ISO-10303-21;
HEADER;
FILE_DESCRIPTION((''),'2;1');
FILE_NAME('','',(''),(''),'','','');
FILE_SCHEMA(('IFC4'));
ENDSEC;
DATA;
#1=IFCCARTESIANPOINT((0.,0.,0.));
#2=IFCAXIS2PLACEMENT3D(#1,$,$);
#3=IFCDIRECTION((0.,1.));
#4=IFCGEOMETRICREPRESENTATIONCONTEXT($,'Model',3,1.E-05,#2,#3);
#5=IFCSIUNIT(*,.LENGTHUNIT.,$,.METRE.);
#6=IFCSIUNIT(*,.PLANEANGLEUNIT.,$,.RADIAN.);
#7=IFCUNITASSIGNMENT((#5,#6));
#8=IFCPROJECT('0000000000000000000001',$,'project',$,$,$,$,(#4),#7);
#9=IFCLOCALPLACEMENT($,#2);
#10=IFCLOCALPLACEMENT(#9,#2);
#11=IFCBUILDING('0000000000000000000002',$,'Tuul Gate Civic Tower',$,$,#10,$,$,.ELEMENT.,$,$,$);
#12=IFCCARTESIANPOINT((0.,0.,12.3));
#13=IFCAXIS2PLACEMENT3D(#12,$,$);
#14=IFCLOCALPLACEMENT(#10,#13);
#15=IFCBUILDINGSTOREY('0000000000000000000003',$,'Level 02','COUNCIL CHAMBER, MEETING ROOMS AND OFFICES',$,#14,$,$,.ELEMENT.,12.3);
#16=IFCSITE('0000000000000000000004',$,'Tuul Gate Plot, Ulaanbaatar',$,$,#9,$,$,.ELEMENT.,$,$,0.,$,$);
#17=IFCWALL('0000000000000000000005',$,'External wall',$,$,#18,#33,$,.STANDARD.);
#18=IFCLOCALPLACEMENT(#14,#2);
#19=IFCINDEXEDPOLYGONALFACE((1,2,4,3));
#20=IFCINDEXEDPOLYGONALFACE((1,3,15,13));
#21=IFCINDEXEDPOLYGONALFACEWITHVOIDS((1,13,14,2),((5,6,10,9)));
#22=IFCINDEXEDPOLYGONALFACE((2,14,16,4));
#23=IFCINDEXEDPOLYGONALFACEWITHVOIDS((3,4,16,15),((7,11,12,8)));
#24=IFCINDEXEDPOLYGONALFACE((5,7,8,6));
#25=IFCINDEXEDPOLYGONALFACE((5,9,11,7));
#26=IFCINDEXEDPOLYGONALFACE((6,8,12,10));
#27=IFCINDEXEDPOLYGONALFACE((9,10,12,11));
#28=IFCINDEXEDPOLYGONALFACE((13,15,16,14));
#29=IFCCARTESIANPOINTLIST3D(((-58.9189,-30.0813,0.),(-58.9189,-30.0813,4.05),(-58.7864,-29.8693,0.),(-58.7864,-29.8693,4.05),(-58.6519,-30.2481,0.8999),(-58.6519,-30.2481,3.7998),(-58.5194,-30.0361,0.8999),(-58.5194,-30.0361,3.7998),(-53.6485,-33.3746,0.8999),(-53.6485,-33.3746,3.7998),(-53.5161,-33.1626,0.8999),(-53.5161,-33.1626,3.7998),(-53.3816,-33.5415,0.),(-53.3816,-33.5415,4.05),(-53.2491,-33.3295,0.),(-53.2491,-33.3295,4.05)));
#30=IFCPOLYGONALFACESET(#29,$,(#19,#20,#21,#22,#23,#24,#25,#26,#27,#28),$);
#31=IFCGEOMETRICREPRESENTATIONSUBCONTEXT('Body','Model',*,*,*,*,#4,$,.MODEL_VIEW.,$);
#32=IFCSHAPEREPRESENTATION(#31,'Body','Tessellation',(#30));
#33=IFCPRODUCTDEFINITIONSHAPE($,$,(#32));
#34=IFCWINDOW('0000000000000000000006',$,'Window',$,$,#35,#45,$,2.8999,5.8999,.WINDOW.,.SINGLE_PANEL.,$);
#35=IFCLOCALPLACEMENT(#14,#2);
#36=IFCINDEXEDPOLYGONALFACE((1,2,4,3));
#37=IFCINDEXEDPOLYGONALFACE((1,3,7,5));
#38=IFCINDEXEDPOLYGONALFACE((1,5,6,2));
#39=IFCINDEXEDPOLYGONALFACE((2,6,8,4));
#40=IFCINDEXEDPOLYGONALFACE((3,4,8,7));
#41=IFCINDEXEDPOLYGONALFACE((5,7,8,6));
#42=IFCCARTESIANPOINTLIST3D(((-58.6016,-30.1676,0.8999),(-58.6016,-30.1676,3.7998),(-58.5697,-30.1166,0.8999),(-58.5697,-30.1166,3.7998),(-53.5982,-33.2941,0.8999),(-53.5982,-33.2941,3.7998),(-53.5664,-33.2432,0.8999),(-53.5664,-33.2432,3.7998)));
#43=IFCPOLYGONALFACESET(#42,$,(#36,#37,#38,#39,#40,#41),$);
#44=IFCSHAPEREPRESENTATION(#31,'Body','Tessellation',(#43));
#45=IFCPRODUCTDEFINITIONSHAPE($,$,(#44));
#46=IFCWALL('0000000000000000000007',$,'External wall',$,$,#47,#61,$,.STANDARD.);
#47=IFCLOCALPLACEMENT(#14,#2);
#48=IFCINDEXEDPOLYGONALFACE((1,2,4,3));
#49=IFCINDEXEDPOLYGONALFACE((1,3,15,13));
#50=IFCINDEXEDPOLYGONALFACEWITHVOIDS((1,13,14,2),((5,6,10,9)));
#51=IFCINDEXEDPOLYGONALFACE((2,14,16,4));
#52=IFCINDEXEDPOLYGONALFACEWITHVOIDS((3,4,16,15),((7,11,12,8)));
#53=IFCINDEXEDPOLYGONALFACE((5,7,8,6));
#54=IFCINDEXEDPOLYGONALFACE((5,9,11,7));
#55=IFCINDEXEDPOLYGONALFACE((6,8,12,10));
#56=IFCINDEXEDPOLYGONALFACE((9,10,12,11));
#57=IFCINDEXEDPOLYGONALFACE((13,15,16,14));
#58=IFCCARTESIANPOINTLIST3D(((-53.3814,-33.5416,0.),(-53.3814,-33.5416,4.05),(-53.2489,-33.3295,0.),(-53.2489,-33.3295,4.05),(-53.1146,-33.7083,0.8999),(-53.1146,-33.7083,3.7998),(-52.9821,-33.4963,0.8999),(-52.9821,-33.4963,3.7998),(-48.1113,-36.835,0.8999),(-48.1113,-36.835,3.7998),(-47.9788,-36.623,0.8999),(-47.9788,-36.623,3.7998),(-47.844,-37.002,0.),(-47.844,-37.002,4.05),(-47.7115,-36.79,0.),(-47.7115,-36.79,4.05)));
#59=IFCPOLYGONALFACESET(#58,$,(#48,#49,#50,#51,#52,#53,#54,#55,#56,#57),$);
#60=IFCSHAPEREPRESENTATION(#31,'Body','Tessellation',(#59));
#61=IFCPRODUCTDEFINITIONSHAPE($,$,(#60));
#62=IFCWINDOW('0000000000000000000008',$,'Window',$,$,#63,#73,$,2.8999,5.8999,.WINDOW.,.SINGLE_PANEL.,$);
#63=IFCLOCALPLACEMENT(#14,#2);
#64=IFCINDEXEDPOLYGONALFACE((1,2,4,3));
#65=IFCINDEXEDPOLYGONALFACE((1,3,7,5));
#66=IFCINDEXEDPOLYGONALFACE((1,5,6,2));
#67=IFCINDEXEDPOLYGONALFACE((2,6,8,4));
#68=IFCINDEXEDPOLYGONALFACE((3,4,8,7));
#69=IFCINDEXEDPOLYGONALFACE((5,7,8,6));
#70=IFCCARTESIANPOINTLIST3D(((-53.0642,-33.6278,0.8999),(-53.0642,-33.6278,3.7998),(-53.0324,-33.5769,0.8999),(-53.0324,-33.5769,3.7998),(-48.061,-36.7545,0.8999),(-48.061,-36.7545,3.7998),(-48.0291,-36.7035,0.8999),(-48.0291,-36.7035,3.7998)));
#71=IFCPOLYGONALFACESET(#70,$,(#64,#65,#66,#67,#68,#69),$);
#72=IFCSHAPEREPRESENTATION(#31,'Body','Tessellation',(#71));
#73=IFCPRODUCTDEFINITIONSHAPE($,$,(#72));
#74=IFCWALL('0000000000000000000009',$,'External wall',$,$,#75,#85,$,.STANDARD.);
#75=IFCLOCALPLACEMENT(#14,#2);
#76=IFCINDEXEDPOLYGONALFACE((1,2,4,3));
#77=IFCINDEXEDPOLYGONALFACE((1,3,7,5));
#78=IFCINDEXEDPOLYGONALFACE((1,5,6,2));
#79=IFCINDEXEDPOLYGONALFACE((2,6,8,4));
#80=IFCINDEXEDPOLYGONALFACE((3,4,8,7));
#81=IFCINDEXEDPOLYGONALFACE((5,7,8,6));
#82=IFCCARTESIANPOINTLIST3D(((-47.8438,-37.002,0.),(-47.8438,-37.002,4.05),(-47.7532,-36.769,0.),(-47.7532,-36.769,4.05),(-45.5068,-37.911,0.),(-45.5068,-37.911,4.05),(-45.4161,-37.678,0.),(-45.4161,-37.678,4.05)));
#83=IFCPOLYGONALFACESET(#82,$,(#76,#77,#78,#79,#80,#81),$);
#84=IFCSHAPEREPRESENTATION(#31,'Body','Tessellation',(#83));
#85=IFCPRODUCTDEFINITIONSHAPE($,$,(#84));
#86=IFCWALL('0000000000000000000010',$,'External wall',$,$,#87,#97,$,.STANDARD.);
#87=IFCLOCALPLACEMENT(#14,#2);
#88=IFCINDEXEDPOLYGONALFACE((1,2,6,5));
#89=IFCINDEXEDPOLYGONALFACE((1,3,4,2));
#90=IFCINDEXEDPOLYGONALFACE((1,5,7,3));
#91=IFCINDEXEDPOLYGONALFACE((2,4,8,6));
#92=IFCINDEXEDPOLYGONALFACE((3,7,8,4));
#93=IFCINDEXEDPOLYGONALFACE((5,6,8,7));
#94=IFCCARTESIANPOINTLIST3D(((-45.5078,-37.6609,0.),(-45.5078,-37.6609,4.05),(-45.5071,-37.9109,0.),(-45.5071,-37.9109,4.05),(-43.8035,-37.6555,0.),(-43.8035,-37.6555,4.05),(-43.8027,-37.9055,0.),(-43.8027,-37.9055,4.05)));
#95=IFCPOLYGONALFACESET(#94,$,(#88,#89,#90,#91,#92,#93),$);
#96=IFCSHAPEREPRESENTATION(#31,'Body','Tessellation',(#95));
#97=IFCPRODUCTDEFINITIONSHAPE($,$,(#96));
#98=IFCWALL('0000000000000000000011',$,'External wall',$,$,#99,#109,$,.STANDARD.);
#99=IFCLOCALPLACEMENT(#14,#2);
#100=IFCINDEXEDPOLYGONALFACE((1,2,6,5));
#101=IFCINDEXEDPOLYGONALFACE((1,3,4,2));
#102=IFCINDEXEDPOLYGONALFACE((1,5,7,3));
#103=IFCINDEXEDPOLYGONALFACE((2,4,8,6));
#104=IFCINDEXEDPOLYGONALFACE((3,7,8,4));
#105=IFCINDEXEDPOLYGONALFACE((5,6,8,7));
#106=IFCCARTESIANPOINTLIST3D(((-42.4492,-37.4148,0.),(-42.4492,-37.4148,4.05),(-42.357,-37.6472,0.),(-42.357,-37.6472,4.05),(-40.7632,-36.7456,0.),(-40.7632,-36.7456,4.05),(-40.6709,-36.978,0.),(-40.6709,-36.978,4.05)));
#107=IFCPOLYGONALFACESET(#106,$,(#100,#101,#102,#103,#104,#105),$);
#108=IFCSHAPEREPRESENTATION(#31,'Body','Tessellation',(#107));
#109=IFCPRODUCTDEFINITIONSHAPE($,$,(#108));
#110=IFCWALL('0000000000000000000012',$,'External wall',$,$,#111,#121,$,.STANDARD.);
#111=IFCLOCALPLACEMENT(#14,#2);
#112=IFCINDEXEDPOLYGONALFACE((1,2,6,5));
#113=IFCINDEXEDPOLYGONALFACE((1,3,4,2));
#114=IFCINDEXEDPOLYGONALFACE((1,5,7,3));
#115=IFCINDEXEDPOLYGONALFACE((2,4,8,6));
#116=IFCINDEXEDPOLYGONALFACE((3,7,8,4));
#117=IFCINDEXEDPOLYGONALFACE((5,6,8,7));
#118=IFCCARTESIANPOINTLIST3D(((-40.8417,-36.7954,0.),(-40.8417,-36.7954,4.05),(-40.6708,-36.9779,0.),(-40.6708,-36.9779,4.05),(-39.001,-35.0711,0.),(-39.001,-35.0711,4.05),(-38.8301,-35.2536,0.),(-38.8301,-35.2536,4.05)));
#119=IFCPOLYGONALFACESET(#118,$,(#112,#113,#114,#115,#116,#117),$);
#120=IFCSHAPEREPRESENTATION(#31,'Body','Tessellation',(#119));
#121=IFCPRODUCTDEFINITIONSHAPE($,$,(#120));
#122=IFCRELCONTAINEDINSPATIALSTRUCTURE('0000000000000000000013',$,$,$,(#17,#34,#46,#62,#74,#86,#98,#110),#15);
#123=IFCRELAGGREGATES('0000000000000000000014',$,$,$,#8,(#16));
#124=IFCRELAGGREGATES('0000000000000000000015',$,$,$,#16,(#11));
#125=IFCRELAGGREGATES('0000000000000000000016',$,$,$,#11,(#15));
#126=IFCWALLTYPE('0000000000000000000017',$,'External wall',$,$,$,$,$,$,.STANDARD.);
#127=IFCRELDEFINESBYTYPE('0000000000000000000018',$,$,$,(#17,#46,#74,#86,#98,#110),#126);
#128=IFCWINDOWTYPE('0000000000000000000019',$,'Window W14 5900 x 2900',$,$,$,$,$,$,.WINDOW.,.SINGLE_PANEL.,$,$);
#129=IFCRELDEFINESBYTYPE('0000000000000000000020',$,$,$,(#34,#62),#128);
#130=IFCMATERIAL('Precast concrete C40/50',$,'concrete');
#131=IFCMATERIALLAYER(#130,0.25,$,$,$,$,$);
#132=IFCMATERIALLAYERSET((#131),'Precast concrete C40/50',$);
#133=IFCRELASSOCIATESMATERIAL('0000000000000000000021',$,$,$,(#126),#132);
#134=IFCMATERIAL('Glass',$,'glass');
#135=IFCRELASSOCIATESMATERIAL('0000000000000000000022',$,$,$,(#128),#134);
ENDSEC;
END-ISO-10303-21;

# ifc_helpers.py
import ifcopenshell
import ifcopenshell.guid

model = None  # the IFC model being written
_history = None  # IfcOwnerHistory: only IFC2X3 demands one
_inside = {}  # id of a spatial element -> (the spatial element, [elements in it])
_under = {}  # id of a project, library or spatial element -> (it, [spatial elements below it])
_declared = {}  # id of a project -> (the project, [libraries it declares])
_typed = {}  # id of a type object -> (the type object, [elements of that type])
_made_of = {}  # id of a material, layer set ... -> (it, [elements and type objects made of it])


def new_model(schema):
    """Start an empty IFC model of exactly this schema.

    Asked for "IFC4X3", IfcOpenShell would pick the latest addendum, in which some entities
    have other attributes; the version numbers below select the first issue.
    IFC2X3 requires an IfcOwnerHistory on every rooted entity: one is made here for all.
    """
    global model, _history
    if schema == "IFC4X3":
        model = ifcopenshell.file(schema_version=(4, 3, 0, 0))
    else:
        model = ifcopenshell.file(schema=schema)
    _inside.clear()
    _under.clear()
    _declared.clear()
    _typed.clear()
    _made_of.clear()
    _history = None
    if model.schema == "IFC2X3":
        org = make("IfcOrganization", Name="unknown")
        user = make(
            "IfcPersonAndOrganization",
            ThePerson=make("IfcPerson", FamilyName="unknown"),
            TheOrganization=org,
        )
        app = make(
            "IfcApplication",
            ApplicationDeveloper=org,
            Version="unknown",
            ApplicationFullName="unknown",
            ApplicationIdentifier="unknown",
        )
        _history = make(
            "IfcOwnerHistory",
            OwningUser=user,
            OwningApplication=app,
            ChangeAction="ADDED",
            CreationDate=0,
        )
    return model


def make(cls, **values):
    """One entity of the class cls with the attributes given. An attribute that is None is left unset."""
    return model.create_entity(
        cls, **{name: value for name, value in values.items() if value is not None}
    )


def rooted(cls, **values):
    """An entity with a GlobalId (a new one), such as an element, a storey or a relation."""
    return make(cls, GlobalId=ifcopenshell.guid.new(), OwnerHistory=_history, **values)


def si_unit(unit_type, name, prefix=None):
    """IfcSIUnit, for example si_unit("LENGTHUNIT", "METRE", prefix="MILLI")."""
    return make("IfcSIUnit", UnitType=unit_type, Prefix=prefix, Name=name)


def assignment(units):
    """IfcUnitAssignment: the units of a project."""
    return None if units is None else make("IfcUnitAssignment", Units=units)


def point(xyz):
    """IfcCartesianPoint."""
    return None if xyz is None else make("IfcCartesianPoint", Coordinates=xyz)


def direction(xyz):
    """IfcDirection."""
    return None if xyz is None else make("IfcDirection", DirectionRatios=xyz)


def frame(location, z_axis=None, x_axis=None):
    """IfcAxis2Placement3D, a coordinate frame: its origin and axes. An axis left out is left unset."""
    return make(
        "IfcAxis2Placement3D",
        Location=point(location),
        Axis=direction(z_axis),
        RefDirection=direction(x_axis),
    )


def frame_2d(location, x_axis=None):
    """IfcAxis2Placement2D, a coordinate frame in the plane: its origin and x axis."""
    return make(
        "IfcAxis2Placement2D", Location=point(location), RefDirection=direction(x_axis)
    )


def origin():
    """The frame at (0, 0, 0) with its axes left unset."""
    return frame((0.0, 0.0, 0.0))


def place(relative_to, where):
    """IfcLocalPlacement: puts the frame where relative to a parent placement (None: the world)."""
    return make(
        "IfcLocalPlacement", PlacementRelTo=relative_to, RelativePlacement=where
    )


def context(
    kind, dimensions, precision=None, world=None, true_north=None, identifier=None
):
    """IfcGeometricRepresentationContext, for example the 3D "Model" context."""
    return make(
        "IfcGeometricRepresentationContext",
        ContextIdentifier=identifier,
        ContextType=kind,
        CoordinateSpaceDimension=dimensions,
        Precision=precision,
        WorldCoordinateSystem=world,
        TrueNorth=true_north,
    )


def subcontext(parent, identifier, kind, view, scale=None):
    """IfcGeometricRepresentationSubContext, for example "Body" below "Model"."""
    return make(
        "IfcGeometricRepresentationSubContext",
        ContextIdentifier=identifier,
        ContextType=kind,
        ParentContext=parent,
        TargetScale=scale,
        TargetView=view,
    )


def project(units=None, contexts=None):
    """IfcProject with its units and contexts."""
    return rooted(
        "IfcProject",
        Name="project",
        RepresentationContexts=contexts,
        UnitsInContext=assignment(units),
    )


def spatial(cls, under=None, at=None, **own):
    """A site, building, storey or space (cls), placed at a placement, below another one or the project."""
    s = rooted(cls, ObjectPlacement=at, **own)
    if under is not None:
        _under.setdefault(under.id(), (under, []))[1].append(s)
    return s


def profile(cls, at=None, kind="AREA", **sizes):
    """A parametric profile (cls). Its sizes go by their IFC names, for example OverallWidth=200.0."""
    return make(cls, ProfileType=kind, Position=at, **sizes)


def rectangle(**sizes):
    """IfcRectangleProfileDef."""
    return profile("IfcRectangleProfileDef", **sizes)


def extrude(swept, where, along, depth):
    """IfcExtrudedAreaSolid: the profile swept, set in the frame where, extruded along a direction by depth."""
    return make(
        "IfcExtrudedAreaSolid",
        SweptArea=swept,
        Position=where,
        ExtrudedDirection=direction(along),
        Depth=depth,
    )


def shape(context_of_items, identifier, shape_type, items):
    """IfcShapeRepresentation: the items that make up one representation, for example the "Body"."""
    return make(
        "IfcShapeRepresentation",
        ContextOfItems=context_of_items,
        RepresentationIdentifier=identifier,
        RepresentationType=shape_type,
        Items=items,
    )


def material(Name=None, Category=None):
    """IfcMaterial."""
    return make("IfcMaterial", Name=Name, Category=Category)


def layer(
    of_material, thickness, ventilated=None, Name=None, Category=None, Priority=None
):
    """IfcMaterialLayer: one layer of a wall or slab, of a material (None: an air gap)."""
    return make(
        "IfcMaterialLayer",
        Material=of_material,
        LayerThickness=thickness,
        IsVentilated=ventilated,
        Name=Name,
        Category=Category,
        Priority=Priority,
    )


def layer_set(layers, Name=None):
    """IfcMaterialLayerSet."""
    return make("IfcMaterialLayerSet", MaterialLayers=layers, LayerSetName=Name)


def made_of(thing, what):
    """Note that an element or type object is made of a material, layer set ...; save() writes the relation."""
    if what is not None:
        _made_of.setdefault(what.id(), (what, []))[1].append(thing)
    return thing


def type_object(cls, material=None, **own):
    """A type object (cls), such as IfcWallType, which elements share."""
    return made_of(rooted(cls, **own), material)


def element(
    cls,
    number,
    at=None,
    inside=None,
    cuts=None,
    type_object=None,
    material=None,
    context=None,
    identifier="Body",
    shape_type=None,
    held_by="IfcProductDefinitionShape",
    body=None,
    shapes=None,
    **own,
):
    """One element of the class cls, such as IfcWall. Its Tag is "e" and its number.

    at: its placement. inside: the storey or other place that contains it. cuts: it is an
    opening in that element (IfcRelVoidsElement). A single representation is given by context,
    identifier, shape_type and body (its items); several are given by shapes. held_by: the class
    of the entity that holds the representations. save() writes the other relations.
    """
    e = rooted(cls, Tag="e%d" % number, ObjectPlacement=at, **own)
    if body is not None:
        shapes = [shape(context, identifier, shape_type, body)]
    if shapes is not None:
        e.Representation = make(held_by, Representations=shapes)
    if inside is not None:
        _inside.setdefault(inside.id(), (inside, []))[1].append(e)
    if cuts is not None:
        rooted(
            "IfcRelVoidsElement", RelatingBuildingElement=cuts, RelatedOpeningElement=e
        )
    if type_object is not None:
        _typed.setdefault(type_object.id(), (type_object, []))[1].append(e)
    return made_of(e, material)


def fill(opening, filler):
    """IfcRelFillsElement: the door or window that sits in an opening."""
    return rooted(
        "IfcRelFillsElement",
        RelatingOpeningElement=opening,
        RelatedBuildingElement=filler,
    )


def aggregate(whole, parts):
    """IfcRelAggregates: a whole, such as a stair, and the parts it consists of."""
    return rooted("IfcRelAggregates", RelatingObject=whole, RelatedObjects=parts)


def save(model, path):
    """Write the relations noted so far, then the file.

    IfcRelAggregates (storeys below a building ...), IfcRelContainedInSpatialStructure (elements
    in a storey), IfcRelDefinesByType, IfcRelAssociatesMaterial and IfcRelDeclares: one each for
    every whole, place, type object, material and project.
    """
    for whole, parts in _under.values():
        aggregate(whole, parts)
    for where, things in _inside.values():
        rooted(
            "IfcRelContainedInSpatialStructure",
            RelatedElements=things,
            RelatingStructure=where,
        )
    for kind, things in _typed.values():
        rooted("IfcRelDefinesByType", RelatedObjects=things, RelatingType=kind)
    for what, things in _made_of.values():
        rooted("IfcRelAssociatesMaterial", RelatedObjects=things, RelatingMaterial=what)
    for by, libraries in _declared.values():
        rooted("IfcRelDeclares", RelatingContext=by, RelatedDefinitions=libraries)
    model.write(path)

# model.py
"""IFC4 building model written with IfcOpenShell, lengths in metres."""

from ifc_helpers import new_model, si_unit, direction, frame, frame_2d, origin, place, context, subcontext, project, spatial, rectangle, extrude, material, layer, layer_set, type_object, element, fill, save


model = new_model("IFC4")

# Units and contexts
model_context = context("Model", 3, precision=1e-05, world=origin(), true_north=direction((0.0, 1.0)))
body_context = subcontext(model_context, "Body", "Model", "MODEL_VIEW")
ifc_project = project(units=[si_unit("LENGTHUNIT", "METRE"), si_unit("PLANEANGLEUNIT", "RADIAN")], contexts=[model_context])

# Site, building, storey
site_placement = place(None, origin())
site = spatial("IfcSite", under=ifc_project, at=site_placement, Name="Tuul Gate Plot, Ulaanbaatar", CompositionType="ELEMENT", RefElevation=0.0)
building_placement = place(site_placement, origin())
building = spatial("IfcBuilding", under=site, at=building_placement, Name="Tuul Gate Civic Tower", CompositionType="ELEMENT")
storey_placement = place(building_placement, frame((0.0, 0.0, 12.3)))
storey = spatial("IfcBuildingStorey", under=building, at=storey_placement, Name="Level 02", Description="COUNCIL CHAMBER, MEETING ROOMS AND OFFICES", CompositionType="ELEMENT", Elevation=12.3)

# Walls, openings, windows
ifc_material_1 = material(Name="Precast concrete C40/50", Category="concrete")
ifc_layer_1 = layer(ifc_material_1, 0.25)
ifc_layer_set_1 = layer_set([ifc_layer_1], Name="Precast concrete C40/50")
wall_type_1 = type_object("IfcWallType", Name="External wall", PredefinedType="STANDARD", material=ifc_layer_set_1)
ifc_material_2 = material(Name="Glass", Category="glass")
window_type_1 = type_object("IfcWindowType", Name="Window W14 5900 x 2900", PartitioningType="SINGLE_PANEL", PredefinedType="WINDOW", material=ifc_material_2)
wall_1_placement = place(storey_placement, frame((-58.8525, -29.9753, 0.0), z_axis=(0.0, 0.0, 1.0), x_axis=(0.848042, -0.529928, 0.0)))
wall_1 = element("IfcWall", 1, at=wall_1_placement, inside=storey, type_object=wall_type_1, Name="External wall", PredefinedType="STANDARD", context=body_context, shape_type="SweptSolid", body=[
    extrude(rectangle(XDim=6.5295, YDim=0.25, at=frame_2d((3.2646, 0.0))), origin(), (0.0, 0.0, 1.0), 4.05),
])
opening_1_placement = place(wall_1_placement, frame((0.3147, 0.0, 0.8999)))
opening_1 = element("IfcOpeningElement", 2, at=opening_1_placement, cuts=wall_1, PredefinedType="OPENING", context=body_context, shape_type="SweptSolid", body=[
    extrude(rectangle(XDim=5.8999, YDim=2.8999, at=frame_2d((2.95, 1.45))), frame((0.0, 0.135, 0.0), z_axis=(0.0, -1.0, 0.0), x_axis=(1.0, 0.0, 0.0)), (0.0, 0.0, 1.0), 0.27),
])
window_1_placement = place(opening_1_placement, origin())
window_1 = element("IfcWindow", 3, at=window_1_placement, inside=storey, type_object=window_type_1, Name="Window", OverallHeight=2.8999, OverallWidth=5.8999, PartitioningType="SINGLE_PANEL", PredefinedType="WINDOW", context=body_context, shape_type="SweptSolid", body=[
    extrude(rectangle(XDim=5.8999, YDim=2.8999, at=frame_2d((2.95, 1.45))), frame((0.0, 0.03, 0.0), z_axis=(0.0, -1.0, 0.0), x_axis=(1.0, 0.0, 0.0)), (0.0, 0.0, 1.0), 0.0601),
])
fill(opening_1, window_1)
wall_2_placement = place(storey_placement, frame((-53.3152, -33.4355, 0.0), z_axis=(0.0, 0.0, 1.0), x_axis=(0.848026, -0.529955, 0.0)))
wall_2 = element("IfcWall", 4, at=wall_2_placement, inside=storey, type_object=wall_type_1, Name="External wall", PredefinedType="STANDARD", context=body_context, shape_type="SweptSolid", body=[
    extrude(rectangle(XDim=6.5298, YDim=0.25, at=frame_2d((3.2649, 0.0))), origin(), (0.0, 0.0, 1.0), 4.05),
])
opening_2_placement = place(wall_2_placement, frame((0.3147, 0.0, 0.8999)))
opening_2 = element("IfcOpeningElement", 5, at=opening_2_placement, cuts=wall_2, PredefinedType="OPENING", context=body_context, shape_type="SweptSolid", body=[
    extrude(rectangle(XDim=5.8999, YDim=2.8999, at=frame_2d((2.95, 1.45))), frame((0.0, 0.135, 0.0), z_axis=(0.0, -1.0, 0.0), x_axis=(1.0, 0.0, 0.0)), (0.0, 0.0, 1.0), 0.27),
])
window_2_placement = place(opening_2_placement, origin())
window_2 = element("IfcWindow", 6, at=window_2_placement, inside=storey, type_object=window_type_1, Name="Window", OverallHeight=2.8999, OverallWidth=5.8999, PartitioningType="SINGLE_PANEL", PredefinedType="WINDOW", context=body_context, shape_type="SweptSolid", body=[
    extrude(rectangle(XDim=5.8999, YDim=2.8999, at=frame_2d((2.95, 1.45))), frame((0.0, 0.03, 0.0), z_axis=(0.0, -1.0, 0.0), x_axis=(1.0, 0.0, 0.0)), (0.0, 0.0, 1.0), 0.0601),
])
fill(opening_2, window_2)

# Walls
wall_3_placement = place(storey_placement, frame((-47.7986, -36.8855, 0.0), z_axis=(0.0, 0.0, 1.0), x_axis=(0.931986, -0.362493, 0.0)))
element("IfcWall", 7, at=wall_3_placement, inside=storey, type_object=wall_type_1, Name="External wall", PredefinedType="STANDARD", context=body_context, shape_type="SweptSolid", body=[
    extrude(rectangle(XDim=2.5076, YDim=0.25, at=frame_2d((1.2539, 0.0))), origin(), (0.0, 0.0, 1.0), 4.05),
])
wall_4_placement = place(storey_placement, frame((-45.5073, -37.7859, 0.0), z_axis=(0.0, 0.0, 1.0), x_axis=(0.999995, 0.003151, 0.0)))
element("IfcWall", 8, at=wall_4_placement, inside=storey, type_object=wall_type_1, Name="External wall", PredefinedType="STANDARD", context=body_context, shape_type="SweptSolid", body=[
    extrude(rectangle(XDim=1.7043, YDim=0.25, at=frame_2d((0.8521, 0.0))), origin(), (0.0, 0.0, 1.0), 4.05),
])
wall_5_placement = place(storey_placement, frame((-42.4031, -37.531, 0.0), z_axis=(0.0, 0.0, 1.0), x_axis=(0.929467, 0.368906, 0.0)))
element("IfcWall", 9, at=wall_5_placement, inside=storey, type_object=wall_type_1, Name="External wall", PredefinedType="STANDARD", context=body_context, shape_type="SweptSolid", body=[
    extrude(rectangle(XDim=1.814, YDim=0.25, at=frame_2d((0.907, 0.0))), origin(), (0.0, 0.0, 1.0), 4.05),
])
wall_6_placement = place(storey_placement, frame((-40.7563, -36.8867, 0.0), z_axis=(0.0, 0.0, 1.0), x_axis=(0.729815, 0.683645, 0.0)))
element("IfcWall", 10, at=wall_6_placement, inside=storey, type_object=wall_type_1, Name="External wall", PredefinedType="STANDARD", context=body_context, shape_type="SweptSolid", body=[
    extrude(rectangle(XDim=2.5222, YDim=0.25, at=frame_2d((1.2612, 0.0))), origin(), (0.0, 0.0, 1.0), 4.05),
])

save(model, "model.ifc")
